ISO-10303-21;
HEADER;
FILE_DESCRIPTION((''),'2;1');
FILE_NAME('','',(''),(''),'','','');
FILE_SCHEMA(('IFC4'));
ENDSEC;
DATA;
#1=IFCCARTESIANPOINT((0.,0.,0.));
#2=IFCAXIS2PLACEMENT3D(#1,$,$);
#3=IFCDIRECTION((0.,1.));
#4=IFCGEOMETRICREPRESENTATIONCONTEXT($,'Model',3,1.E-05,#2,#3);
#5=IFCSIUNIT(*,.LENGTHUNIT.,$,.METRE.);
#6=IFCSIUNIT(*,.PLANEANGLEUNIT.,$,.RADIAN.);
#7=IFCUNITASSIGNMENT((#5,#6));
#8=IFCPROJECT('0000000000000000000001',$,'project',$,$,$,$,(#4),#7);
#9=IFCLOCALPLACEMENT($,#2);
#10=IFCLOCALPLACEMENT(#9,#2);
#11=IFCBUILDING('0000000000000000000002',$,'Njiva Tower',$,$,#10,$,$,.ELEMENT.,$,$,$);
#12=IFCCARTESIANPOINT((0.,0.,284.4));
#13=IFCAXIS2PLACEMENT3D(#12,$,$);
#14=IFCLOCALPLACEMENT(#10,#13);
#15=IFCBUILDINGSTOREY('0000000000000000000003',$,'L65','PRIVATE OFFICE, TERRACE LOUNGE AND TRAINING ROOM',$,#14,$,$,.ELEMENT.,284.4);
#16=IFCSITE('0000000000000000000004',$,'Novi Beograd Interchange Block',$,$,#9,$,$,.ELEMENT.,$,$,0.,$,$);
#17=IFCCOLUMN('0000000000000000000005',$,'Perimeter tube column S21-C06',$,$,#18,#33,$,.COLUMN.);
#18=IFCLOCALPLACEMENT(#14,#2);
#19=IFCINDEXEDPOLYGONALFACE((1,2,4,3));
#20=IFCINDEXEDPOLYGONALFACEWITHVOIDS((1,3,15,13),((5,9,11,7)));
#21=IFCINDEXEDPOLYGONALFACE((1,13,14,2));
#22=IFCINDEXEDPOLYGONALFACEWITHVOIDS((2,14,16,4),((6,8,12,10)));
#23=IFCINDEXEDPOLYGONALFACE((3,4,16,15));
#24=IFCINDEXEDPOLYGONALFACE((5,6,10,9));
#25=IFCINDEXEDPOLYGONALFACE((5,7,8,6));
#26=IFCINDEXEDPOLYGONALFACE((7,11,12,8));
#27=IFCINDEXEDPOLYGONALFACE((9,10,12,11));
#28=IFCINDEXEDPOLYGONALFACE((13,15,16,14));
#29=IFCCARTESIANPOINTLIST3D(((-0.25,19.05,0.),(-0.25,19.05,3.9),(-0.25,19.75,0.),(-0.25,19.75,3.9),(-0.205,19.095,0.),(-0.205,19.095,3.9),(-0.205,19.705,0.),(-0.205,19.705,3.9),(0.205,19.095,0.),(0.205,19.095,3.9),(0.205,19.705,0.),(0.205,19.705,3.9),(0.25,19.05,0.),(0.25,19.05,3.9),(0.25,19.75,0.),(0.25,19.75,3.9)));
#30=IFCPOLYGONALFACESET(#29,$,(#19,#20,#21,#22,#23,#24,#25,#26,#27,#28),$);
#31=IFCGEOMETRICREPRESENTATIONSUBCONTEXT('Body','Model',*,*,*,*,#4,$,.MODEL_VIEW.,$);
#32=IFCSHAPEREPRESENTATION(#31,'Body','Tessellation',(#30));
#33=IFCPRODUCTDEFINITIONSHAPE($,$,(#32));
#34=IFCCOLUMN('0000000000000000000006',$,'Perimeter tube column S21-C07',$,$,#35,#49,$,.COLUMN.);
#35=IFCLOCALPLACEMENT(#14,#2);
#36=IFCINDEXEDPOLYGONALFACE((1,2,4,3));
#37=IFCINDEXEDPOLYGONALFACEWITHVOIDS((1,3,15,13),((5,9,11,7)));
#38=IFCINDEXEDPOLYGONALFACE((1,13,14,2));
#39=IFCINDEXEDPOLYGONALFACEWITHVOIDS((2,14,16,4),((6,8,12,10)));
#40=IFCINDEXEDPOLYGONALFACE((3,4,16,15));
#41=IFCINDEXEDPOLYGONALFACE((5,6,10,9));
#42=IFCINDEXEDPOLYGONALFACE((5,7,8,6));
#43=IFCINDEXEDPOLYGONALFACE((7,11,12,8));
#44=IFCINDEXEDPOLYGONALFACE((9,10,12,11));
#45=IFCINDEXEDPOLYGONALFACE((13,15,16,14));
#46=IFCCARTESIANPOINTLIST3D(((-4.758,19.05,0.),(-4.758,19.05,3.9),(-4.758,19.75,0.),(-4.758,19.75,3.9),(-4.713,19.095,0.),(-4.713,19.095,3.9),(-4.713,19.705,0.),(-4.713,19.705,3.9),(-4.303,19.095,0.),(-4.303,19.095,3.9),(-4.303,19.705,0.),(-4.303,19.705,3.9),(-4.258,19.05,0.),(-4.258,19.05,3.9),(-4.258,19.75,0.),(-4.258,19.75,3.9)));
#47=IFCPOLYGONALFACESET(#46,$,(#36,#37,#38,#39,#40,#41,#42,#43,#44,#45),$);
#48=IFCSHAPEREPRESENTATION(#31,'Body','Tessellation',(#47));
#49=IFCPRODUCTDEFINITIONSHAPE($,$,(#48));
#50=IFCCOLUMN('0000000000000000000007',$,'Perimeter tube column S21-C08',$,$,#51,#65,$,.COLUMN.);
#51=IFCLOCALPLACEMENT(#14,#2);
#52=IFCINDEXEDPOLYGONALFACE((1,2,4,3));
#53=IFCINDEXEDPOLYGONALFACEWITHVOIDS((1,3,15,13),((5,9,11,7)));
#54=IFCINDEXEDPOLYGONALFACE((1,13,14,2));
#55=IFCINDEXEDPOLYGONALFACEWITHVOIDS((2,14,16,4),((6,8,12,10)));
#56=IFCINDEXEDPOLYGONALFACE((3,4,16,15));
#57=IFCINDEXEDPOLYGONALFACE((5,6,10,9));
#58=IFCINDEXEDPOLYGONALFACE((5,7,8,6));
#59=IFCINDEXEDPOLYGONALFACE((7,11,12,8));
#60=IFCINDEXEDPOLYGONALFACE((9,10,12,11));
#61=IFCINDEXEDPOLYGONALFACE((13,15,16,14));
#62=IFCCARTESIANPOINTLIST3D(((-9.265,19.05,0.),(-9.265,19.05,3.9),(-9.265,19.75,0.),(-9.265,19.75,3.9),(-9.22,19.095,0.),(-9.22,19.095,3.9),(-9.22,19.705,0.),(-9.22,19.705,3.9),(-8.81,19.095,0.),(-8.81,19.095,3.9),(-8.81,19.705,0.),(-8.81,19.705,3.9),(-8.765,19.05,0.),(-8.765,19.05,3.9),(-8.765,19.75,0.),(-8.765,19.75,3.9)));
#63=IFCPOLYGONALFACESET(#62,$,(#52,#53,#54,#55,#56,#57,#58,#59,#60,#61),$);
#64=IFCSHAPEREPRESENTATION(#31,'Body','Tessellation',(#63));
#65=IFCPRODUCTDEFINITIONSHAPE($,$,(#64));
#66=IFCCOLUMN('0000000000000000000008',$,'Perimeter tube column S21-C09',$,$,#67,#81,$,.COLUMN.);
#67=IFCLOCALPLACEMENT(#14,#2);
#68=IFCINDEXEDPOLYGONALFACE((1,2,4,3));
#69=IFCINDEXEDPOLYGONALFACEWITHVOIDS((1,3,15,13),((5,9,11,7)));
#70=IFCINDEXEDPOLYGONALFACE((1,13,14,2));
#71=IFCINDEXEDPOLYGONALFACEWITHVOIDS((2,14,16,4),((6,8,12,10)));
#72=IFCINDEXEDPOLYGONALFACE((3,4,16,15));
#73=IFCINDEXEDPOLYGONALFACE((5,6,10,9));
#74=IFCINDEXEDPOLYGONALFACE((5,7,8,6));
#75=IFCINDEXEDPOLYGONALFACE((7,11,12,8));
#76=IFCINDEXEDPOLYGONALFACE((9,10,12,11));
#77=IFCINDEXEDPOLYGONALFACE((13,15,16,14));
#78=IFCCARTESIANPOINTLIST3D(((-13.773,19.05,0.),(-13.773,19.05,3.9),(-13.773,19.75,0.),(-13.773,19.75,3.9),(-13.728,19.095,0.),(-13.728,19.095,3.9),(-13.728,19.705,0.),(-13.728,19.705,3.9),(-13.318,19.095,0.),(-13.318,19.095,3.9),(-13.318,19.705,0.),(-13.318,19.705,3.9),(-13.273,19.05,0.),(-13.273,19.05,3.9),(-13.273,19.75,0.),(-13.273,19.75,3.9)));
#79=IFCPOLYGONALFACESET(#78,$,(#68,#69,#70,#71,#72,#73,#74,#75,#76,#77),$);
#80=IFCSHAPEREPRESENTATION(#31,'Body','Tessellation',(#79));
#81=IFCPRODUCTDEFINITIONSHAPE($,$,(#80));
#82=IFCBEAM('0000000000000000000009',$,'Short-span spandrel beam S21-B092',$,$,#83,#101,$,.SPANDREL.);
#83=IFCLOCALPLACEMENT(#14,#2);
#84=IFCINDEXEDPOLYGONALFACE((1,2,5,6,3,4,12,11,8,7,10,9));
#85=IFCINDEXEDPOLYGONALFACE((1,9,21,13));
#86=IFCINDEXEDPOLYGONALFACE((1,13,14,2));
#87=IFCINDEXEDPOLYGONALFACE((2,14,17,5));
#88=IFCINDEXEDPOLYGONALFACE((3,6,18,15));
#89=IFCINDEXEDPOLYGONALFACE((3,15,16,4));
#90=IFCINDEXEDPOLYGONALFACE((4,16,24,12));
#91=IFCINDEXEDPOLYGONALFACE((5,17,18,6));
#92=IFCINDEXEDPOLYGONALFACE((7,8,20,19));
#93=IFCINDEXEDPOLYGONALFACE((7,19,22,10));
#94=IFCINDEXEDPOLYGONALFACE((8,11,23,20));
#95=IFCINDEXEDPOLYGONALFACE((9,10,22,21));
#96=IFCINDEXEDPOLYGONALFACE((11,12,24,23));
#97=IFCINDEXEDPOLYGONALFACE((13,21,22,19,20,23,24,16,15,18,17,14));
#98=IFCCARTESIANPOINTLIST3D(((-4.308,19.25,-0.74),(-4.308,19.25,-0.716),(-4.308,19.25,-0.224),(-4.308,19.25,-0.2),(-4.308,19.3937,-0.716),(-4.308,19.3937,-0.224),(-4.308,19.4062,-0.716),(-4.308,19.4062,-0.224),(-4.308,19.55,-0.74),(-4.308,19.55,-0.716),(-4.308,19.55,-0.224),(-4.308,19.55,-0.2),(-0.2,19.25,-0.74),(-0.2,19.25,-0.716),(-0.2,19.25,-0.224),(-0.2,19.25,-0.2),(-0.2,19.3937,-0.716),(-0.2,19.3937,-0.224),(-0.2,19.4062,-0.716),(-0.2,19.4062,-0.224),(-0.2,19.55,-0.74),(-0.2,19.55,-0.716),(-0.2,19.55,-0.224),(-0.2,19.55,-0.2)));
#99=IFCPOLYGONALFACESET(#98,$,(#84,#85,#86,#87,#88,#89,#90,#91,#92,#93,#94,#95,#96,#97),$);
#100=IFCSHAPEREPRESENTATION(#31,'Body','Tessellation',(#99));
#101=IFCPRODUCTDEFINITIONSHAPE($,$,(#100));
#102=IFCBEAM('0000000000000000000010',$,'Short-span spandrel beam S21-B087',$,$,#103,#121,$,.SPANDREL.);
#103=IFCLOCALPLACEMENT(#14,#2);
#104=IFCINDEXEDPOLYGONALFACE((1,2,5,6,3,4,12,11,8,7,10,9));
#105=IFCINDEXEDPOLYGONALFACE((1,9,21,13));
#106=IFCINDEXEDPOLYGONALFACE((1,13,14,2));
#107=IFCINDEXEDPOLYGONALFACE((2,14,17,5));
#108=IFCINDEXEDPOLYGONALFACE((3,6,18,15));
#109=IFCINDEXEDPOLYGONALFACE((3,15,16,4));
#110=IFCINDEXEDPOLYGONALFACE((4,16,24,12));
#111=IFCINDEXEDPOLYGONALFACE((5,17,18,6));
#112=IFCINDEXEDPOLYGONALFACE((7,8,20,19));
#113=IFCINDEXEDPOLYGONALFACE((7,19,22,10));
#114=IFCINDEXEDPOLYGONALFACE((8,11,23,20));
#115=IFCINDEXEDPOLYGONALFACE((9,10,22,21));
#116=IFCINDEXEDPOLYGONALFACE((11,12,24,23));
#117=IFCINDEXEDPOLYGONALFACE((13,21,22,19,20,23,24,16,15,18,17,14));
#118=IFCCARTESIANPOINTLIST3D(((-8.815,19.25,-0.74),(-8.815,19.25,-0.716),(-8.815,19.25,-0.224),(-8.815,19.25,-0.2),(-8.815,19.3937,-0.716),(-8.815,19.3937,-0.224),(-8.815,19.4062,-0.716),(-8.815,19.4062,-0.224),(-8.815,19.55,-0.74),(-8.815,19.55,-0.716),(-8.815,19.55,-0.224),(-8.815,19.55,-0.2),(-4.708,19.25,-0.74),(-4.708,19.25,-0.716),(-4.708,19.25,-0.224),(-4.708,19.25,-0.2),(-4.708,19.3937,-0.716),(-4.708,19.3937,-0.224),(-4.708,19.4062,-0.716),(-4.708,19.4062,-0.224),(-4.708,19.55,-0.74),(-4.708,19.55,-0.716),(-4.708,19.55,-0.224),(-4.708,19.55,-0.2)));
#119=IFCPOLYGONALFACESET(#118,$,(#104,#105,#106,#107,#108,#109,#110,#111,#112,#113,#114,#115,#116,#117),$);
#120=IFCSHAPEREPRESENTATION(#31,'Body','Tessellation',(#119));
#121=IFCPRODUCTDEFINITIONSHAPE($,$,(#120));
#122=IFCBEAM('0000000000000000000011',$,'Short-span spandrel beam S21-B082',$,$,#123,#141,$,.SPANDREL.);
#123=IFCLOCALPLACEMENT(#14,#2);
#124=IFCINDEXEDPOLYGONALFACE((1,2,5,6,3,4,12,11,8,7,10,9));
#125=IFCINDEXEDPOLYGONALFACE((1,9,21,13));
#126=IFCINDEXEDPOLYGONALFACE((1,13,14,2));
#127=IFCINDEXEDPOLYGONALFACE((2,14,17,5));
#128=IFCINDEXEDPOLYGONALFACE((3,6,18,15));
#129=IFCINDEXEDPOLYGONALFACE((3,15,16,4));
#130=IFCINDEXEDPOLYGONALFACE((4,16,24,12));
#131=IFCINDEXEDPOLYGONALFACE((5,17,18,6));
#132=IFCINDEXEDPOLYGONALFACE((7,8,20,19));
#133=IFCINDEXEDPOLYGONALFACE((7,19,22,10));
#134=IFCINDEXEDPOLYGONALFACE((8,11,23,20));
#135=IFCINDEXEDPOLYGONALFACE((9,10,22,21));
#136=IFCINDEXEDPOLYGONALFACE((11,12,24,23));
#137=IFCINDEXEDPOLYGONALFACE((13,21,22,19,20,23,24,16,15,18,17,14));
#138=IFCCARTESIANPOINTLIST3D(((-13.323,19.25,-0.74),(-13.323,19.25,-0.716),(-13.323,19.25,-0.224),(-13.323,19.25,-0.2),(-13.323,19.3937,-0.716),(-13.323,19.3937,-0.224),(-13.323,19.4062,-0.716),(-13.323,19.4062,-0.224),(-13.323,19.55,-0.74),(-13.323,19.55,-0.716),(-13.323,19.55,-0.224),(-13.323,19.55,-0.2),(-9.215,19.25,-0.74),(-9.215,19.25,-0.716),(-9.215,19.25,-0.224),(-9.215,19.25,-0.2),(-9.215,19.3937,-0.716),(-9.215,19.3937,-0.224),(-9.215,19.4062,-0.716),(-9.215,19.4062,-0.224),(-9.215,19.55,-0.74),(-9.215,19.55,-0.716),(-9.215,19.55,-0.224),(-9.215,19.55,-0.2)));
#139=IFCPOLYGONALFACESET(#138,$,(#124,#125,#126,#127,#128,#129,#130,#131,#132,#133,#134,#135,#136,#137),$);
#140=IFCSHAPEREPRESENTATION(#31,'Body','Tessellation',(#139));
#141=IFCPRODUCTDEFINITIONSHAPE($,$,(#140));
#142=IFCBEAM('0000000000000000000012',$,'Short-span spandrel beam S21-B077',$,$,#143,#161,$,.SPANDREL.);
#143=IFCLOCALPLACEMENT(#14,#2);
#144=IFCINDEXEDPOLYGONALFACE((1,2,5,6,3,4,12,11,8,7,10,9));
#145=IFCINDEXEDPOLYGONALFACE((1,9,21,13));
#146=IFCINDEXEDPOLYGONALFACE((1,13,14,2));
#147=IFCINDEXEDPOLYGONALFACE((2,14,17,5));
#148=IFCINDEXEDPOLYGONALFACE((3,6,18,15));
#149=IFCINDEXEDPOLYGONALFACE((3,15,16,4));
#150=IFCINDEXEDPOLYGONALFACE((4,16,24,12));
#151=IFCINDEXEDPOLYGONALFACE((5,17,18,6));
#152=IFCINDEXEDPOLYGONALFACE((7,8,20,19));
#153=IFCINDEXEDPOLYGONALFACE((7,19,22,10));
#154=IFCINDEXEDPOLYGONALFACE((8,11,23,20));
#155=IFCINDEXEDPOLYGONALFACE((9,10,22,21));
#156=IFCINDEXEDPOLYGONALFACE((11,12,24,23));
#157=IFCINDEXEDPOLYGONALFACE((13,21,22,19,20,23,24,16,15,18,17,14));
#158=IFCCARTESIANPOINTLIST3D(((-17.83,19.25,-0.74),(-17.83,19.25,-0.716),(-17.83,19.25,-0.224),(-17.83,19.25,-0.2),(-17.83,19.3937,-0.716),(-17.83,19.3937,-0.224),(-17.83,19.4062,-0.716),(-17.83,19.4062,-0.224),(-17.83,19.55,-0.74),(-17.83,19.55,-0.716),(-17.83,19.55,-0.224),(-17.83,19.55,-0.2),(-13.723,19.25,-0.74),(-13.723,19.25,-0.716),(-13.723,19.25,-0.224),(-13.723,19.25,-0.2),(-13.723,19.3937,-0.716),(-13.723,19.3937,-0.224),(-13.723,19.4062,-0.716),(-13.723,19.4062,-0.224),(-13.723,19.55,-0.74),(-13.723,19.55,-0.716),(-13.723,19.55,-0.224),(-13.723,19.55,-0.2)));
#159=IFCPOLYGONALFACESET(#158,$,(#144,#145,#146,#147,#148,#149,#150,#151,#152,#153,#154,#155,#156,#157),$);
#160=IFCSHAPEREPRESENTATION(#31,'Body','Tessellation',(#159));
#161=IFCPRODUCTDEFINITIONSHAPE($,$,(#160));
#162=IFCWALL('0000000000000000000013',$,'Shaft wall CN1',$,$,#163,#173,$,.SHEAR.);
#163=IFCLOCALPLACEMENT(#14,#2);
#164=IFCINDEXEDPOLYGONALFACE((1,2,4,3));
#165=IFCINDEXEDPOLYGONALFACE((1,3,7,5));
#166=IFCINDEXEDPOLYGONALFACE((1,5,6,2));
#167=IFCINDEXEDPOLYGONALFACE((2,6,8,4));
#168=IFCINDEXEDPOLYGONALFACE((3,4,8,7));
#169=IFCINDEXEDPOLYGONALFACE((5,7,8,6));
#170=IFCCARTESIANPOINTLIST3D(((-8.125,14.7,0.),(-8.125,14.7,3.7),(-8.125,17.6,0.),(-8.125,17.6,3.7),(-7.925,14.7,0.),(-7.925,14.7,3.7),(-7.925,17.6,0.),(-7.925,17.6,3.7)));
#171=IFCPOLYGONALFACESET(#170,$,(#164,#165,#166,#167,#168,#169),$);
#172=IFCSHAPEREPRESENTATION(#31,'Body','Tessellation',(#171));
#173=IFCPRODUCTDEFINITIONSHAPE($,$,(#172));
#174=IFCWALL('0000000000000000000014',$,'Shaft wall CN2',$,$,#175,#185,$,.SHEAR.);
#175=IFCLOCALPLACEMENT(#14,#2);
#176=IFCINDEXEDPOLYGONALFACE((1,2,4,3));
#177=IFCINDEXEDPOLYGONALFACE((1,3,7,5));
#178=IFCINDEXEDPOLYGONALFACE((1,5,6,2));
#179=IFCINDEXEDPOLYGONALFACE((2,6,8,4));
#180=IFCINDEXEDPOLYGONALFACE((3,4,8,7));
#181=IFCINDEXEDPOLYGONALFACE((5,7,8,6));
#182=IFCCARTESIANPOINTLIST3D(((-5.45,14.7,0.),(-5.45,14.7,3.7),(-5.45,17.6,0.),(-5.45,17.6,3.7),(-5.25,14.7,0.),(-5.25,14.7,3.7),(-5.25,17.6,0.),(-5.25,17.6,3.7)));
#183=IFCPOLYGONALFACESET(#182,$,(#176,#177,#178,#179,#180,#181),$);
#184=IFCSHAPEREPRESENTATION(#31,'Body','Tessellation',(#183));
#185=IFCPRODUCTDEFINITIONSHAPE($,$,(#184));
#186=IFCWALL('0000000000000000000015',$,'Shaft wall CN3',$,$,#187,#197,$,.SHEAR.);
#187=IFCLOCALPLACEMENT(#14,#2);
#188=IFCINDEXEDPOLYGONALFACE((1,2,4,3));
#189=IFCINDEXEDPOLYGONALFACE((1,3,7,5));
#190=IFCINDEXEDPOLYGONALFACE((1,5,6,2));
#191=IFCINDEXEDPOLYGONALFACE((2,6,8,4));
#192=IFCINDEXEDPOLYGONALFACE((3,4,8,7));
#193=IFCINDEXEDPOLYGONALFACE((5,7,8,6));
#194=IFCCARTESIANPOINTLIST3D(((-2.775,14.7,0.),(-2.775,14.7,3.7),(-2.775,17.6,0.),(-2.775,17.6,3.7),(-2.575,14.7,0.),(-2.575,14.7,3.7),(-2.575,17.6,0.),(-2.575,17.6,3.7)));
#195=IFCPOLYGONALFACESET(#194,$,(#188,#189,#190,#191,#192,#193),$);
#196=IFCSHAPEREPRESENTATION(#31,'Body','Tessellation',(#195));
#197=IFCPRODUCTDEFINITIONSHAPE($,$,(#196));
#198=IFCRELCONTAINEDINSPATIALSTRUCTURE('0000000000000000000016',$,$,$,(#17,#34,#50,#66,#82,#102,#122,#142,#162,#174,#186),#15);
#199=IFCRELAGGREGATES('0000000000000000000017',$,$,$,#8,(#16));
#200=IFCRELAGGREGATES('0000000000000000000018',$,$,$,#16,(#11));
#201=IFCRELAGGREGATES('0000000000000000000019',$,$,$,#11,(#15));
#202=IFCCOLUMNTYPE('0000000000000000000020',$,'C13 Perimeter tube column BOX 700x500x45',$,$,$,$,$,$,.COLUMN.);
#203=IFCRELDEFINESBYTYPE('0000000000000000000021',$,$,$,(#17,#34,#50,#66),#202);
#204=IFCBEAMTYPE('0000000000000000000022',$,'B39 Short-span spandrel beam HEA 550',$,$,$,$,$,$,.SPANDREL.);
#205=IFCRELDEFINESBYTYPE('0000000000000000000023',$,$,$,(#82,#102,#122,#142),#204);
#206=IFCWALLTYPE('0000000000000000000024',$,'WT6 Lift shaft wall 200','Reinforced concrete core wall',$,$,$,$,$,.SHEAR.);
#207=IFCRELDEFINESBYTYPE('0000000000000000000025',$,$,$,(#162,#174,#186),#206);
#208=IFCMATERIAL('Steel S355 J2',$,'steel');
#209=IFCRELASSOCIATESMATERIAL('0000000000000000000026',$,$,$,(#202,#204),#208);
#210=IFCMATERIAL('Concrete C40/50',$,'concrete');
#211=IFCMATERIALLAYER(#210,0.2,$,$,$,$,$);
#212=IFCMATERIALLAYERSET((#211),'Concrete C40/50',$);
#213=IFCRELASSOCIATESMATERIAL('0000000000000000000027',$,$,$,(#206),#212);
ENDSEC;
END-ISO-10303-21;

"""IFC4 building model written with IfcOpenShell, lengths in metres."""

from ifc_helpers import new_model, si_unit, direction, frame, frame_2d, origin, origin_2d, place, context, subcontext, project, spatial, rectangle, hollow_rectangle, i_section, extrude, material, layer, layer_set, material_profile, profile_set, type_object, element, save


model = new_model("IFC4")

# Units and contexts
model_context = context("Model", 3, precision=1e-05, world=origin(), true_north=direction((0.0, 1.0)))
body_context = subcontext(model_context, "Body", "Model", "MODEL_VIEW")
ifc_project = project(units=[si_unit("LENGTHUNIT", "METRE"), si_unit("PLANEANGLEUNIT", "RADIAN")], contexts=[model_context])

# Site, building, storey
site_placement = place(None, origin())
site = spatial("IfcSite", under=ifc_project, at=site_placement, Name="Novi Beograd Interchange Block", CompositionType="ELEMENT", RefElevation=0.0)
building_placement = place(site_placement, origin())
building = spatial("IfcBuilding", under=site, at=building_placement, Name="Njiva Tower", CompositionType="ELEMENT")
storey_placement = place(building_placement, frame((0.0, 0.0, 284.4)))
storey = spatial("IfcBuildingStorey", under=building, at=storey_placement, Name="L65", Description="PRIVATE OFFICE, TERRACE LOUNGE AND TRAINING ROOM", CompositionType="ELEMENT", Elevation=284.4)

# Columns
ifc_material_1 = material(Name="Steel S355 J2", Category="steel")
ifc_material_profile_1 = material_profile(ifc_material_1, hollow_rectangle(XDim=0.5, YDim=0.7, WallThickness=0.045, at=origin_2d()), Name="BOX 700x500x45")
ifc_profile_set_1 = profile_set([ifc_material_profile_1], Name="Steel S355 J2")
column_type = type_object("IfcColumnType", Name="C13 Perimeter tube column BOX 700x500x45", PredefinedType="COLUMN", material=ifc_profile_set_1)
for number, where, z_axis, x_axis, name in (
    (1, (0.0, 19.4, 0.0), (0.0, 0.0, 1.0), (-1.0, 0.0, 0.0), "Perimeter tube column S21-C06"),
    (2, (-4.508, 19.4, 0.0), (0.0, 0.0, 1.0), (-1.0, 0.0, 0.0), "Perimeter tube column S21-C07"),
    (3, (-9.015, 19.4, 0.0), (0.0, 0.0, 1.0), (-1.0, 0.0, 0.0), "Perimeter tube column S21-C08"),
    (4, (-13.523, 19.4, 0.0), (0.0, 0.0, 1.0), (-1.0, 0.0, 0.0), "Perimeter tube column S21-C09"),
):
    element("IfcColumn", number, at=place(storey_placement, frame(where, z_axis=z_axis, x_axis=x_axis)), inside=storey, type_object=column_type, Name=name, PredefinedType="COLUMN", context=body_context, shape_type="SweptSolid", body=[
        extrude(hollow_rectangle(XDim=0.5, YDim=0.7, WallThickness=0.045, at=origin_2d()), origin(), (0.0, 0.0, 1.0), 3.9),
    ])

# Beams
ifc_material_profile_2 = material_profile(ifc_material_1, i_section(OverallWidth=0.3, OverallDepth=0.54, WebThickness=0.0125, FlangeThickness=0.024, at=origin_2d()), Name="HEA 550")
ifc_profile_set_2 = profile_set([ifc_material_profile_2], Name="Steel S355 J2")
beam_type = type_object("IfcBeamType", Name="B39 Short-span spandrel beam HEA 550", PredefinedType="SPANDREL", material=ifc_profile_set_2)
beam_1_placement = place(storey_placement, frame((-0.2, 19.4, -0.47), z_axis=(-1.0, 0.0, 0.0), x_axis=(0.0, -1.0, 0.0)))
element("IfcBeam", 5, at=beam_1_placement, inside=storey, type_object=beam_type, Name="Short-span spandrel beam S21-B092", PredefinedType="SPANDREL", context=body_context, shape_type="SweptSolid", body=[
    extrude(i_section(OverallWidth=0.3, OverallDepth=0.54, WebThickness=0.0125, FlangeThickness=0.024, at=origin_2d()), origin(), (0.0, 0.0, 1.0), 4.108),
])
beam_2_placement = place(storey_placement, frame((-4.708, 19.4, -0.47), z_axis=(-1.0, 0.0, 0.0), x_axis=(0.0, -1.0, 0.0)))
element("IfcBeam", 6, at=beam_2_placement, inside=storey, type_object=beam_type, Name="Short-span spandrel beam S21-B087", PredefinedType="SPANDREL", context=body_context, shape_type="SweptSolid", body=[
    extrude(i_section(OverallWidth=0.3, OverallDepth=0.54, WebThickness=0.0125, FlangeThickness=0.024, at=origin_2d()), origin(), (0.0, 0.0, 1.0), 4.107),
])
beam_3_placement = place(storey_placement, frame((-9.215, 19.4, -0.47), z_axis=(-1.0, 0.0, 0.0), x_axis=(0.0, -1.0, 0.0)))
element("IfcBeam", 7, at=beam_3_placement, inside=storey, type_object=beam_type, Name="Short-span spandrel beam S21-B082", PredefinedType="SPANDREL", context=body_context, shape_type="SweptSolid", body=[
    extrude(i_section(OverallWidth=0.3, OverallDepth=0.54, WebThickness=0.0125, FlangeThickness=0.024, at=origin_2d()), origin(), (0.0, 0.0, 1.0), 4.108),
])
beam_4_placement = place(storey_placement, frame((-13.723, 19.4, -0.47), z_axis=(-1.0, 0.0, 0.0), x_axis=(0.0, -1.0, 0.0)))
element("IfcBeam", 8, at=beam_4_placement, inside=storey, type_object=beam_type, Name="Short-span spandrel beam S21-B077", PredefinedType="SPANDREL", context=body_context, shape_type="SweptSolid", body=[
    extrude(i_section(OverallWidth=0.3, OverallDepth=0.54, WebThickness=0.0125, FlangeThickness=0.024, at=origin_2d()), origin(), (0.0, 0.0, 1.0), 4.107),
])

# Walls
ifc_material_2 = material(Name="Concrete C40/50", Category="concrete")
ifc_layer_1 = layer(ifc_material_2, 0.2)
ifc_layer_set_1 = layer_set([ifc_layer_1], Name="Concrete C40/50")
wall_type_1 = type_object("IfcWallType", Name="WT6 Lift shaft wall 200", Description="Reinforced concrete core wall", PredefinedType="SHEAR", material=ifc_layer_set_1)
for number, where, z_axis, x_axis, name in (
    (9, (-8.025, 14.7, 0.0), (0.0, 0.0, 1.0), (0.0, 1.0, 0.0), "Shaft wall CN1"),
    (10, (-5.35, 14.7, 0.0), (0.0, 0.0, 1.0), (0.0, 1.0, 0.0), "Shaft wall CN2"),
    (11, (-2.675, 14.7, 0.0), (0.0, 0.0, 1.0), (0.0, 1.0, 0.0), "Shaft wall CN3"),
):
    element("IfcWall", number, at=place(storey_placement, frame(where, z_axis=z_axis, x_axis=x_axis)), inside=storey, type_object=wall_type_1, Name=name, PredefinedType="SHEAR", context=body_context, shape_type="SweptSolid", body=[
        extrude(rectangle(XDim=2.9, YDim=0.2, at=frame_2d((1.45, 0.0))), origin(), (0.0, 0.0, 1.0), 3.7),
    ])

save(model, "model.ifc")
